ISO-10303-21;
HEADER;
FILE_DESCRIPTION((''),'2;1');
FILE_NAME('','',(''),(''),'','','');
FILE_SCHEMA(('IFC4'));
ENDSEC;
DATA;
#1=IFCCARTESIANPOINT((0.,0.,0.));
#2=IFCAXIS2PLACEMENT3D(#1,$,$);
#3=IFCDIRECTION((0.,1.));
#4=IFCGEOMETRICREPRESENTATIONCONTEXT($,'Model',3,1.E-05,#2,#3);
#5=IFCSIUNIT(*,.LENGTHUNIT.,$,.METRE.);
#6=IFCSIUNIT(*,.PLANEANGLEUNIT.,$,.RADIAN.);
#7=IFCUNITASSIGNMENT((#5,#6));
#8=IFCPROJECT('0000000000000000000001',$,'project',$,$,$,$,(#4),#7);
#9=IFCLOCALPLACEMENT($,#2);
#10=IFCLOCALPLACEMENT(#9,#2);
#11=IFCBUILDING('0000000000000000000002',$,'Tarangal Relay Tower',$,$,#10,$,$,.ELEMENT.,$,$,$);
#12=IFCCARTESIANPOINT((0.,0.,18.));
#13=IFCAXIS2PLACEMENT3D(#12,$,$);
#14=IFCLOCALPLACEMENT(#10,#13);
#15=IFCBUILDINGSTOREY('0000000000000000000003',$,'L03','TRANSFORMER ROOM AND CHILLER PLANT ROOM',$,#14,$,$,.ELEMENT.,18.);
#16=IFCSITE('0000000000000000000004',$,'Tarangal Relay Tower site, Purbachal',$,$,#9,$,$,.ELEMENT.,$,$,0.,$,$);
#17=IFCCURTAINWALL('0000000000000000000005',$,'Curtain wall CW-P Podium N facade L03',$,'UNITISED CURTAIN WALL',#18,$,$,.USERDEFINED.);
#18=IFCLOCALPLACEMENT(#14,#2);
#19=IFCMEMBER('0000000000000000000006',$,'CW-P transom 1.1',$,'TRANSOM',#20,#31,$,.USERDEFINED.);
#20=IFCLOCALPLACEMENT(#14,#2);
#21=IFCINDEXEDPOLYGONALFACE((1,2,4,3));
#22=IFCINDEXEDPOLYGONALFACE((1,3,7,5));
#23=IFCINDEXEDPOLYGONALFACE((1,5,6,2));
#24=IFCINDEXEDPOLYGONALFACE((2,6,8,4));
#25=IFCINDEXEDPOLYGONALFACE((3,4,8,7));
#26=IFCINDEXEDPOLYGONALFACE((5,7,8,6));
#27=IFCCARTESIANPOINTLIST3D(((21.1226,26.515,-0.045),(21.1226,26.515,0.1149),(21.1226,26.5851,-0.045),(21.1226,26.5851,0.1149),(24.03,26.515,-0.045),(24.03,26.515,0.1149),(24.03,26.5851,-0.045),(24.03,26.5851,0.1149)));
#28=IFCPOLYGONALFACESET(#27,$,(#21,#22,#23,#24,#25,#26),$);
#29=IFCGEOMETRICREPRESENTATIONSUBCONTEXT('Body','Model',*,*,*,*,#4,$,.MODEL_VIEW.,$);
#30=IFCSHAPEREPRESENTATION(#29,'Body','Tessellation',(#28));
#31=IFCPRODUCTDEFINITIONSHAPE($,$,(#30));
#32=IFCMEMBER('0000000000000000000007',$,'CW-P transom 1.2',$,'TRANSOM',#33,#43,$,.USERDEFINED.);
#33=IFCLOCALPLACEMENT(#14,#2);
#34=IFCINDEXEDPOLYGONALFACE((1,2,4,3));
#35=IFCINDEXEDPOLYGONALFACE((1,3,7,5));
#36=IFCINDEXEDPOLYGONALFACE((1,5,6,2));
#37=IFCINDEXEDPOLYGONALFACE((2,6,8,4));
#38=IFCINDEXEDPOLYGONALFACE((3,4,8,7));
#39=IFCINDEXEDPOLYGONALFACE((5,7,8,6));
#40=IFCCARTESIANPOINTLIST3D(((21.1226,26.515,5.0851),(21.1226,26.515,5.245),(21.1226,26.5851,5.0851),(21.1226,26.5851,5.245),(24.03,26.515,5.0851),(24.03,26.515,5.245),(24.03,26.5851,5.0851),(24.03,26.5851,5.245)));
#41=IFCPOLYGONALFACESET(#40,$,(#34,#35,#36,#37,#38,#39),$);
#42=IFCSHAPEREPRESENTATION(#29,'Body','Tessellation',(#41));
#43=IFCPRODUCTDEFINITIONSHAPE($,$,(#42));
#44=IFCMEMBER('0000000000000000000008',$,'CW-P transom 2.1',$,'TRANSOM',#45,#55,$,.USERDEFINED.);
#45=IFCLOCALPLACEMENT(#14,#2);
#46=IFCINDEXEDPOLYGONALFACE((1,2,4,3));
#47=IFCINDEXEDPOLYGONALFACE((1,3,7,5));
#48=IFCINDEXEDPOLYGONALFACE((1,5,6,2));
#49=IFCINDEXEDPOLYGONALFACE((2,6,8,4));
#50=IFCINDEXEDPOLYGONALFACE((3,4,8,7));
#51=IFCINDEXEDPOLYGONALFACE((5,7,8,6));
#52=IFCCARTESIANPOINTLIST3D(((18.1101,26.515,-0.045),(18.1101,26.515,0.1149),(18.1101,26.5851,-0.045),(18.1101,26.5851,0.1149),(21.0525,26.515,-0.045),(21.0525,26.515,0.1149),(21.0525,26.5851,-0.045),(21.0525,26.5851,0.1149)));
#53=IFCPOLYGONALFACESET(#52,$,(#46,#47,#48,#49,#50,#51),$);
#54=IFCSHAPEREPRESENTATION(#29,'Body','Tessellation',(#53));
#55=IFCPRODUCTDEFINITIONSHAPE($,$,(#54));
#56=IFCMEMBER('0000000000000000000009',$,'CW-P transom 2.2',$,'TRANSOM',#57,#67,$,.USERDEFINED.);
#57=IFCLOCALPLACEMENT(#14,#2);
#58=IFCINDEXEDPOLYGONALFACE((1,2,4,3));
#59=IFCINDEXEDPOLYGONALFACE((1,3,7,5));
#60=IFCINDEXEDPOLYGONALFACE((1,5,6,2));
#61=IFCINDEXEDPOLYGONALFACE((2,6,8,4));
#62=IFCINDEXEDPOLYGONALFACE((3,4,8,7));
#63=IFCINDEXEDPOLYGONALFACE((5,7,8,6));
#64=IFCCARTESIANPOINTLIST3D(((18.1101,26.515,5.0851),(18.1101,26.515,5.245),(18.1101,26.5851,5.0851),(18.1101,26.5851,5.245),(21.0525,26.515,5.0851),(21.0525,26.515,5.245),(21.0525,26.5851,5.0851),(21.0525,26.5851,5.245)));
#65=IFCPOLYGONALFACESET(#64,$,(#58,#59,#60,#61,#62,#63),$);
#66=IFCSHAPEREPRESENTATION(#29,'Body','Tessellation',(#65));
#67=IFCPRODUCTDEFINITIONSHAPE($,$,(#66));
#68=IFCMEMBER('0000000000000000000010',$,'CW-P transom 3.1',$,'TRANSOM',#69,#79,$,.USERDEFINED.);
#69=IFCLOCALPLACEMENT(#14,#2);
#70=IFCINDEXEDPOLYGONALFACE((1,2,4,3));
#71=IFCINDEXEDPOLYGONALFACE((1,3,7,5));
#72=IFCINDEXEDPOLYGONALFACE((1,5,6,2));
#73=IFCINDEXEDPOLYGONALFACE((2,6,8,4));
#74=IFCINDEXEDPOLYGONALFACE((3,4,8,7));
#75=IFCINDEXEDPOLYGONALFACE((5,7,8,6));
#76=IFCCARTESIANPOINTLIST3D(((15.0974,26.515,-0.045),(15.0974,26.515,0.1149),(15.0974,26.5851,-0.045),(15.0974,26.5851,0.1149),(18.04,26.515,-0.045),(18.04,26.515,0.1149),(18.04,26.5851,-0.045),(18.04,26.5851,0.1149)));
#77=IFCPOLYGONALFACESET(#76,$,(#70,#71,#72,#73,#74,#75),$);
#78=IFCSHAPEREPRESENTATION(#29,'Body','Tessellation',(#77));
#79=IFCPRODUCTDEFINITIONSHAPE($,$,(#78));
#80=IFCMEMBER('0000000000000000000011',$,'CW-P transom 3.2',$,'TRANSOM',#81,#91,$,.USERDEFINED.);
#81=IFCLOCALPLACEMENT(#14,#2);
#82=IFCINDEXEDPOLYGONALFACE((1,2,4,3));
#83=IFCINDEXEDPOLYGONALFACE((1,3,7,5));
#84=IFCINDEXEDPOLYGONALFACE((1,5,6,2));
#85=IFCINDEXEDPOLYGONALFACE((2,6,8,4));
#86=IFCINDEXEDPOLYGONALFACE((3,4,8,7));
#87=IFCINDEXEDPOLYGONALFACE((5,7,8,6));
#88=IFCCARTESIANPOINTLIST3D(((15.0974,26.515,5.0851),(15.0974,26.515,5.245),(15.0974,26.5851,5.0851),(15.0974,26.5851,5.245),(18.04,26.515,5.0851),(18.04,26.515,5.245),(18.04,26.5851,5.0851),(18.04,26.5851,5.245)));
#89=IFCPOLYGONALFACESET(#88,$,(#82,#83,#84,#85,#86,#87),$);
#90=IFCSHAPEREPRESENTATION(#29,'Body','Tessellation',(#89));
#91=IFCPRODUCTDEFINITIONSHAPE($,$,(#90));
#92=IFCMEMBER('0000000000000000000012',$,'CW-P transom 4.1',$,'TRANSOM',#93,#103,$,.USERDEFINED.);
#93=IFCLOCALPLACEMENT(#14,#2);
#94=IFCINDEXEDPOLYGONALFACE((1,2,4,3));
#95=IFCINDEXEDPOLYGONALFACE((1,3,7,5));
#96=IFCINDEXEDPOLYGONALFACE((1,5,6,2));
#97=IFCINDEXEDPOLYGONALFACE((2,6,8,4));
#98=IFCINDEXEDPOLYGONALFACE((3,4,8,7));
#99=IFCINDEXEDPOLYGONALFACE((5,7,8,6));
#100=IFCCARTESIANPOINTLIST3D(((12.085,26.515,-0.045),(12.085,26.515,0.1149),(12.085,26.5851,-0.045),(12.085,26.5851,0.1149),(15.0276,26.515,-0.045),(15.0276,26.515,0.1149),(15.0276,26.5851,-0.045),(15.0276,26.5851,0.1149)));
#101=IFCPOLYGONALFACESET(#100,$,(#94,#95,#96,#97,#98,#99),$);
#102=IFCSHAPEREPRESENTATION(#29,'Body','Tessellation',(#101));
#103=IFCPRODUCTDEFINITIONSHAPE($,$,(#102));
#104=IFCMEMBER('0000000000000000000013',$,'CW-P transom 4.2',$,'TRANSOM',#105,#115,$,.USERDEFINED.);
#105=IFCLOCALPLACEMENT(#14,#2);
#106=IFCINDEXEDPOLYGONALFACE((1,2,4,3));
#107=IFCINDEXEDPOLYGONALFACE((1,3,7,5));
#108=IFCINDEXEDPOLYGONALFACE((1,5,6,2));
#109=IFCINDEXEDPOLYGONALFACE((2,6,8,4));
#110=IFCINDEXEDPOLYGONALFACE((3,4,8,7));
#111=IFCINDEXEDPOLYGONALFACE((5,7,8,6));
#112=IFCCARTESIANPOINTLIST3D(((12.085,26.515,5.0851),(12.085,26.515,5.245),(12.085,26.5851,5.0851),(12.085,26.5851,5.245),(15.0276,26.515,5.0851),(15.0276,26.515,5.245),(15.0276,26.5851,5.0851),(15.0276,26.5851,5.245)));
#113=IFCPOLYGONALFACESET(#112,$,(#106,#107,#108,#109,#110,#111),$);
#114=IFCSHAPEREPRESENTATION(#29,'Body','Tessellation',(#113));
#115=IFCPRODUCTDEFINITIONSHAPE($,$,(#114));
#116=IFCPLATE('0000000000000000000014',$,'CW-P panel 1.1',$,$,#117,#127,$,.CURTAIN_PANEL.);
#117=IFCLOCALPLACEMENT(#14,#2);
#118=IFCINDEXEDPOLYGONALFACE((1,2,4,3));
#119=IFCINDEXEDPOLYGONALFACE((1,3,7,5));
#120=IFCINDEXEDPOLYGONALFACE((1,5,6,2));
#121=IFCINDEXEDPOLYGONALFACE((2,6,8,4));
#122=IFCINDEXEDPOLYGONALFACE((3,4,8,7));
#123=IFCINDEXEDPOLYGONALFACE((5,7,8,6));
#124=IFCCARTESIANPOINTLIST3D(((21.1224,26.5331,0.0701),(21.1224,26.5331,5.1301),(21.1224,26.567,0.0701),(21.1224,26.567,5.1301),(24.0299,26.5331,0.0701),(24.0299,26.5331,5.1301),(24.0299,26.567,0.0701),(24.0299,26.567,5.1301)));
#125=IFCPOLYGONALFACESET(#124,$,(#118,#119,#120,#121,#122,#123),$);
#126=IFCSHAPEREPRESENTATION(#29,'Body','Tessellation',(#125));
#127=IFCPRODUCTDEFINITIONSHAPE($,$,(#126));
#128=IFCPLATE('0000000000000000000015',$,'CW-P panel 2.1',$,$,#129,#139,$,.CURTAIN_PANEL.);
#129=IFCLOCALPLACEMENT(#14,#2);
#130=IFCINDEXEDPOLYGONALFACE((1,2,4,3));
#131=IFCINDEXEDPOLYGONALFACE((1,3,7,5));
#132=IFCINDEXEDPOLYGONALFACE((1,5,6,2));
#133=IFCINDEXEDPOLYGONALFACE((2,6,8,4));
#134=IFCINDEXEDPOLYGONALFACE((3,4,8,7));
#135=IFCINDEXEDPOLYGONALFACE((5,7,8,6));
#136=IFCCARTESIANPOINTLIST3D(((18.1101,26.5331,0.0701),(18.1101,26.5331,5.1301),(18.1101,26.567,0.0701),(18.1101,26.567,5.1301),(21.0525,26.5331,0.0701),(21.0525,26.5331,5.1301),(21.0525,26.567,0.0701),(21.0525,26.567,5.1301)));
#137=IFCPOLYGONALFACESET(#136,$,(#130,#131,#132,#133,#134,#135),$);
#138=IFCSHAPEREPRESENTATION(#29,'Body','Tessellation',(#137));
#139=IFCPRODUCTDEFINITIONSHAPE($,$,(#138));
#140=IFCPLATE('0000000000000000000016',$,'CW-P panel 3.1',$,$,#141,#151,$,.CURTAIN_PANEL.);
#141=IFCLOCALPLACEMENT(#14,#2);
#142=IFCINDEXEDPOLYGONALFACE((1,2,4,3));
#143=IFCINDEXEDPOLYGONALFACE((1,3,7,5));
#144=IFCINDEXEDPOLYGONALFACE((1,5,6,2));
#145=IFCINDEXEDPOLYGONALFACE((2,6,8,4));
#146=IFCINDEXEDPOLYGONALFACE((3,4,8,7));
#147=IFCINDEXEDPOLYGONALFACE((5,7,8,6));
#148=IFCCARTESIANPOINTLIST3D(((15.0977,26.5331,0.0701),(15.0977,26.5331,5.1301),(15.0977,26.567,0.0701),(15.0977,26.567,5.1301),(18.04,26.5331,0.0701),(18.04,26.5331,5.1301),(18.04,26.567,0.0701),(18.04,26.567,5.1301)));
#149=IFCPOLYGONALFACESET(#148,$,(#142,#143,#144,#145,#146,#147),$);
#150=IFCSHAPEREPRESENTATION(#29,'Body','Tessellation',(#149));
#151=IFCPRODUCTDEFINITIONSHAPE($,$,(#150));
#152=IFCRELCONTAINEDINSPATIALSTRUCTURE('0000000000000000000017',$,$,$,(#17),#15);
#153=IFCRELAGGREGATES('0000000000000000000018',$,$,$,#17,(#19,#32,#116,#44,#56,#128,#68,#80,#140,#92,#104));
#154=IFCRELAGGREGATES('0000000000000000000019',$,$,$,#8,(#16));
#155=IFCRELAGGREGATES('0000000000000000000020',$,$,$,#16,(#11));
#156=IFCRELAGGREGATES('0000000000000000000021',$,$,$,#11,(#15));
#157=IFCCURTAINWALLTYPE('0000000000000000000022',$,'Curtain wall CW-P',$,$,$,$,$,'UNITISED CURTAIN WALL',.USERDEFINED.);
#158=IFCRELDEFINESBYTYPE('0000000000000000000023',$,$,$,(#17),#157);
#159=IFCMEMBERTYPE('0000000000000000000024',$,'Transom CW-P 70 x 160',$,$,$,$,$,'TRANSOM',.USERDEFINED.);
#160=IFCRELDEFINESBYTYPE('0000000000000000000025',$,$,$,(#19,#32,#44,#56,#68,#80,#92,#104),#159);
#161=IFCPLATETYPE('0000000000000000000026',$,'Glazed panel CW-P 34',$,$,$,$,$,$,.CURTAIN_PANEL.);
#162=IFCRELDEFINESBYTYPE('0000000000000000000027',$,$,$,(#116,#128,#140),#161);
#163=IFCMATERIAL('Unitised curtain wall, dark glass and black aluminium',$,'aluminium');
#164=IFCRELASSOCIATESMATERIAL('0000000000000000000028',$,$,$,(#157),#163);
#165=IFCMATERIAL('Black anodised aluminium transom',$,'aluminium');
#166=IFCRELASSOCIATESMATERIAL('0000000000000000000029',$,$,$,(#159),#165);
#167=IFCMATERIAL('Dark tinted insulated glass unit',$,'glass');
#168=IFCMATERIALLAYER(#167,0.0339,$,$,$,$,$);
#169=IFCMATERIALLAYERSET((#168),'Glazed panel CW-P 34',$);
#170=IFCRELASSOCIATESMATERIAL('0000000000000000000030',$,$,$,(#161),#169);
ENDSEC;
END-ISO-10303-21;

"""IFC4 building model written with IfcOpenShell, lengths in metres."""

from ifc_helpers import new_model, si_unit, direction, frame, origin, origin_2d, place, context, subcontext, project, spatial, rectangle, extrude, material, layer, layer_set, material_profile, profile_set, type_object, element, aggregate, save


model = new_model("IFC4")

# Units and contexts
model_context = context("Model", 3, precision=1e-05, world=origin(), true_north=direction((0.0, 1.0)))
body_context = subcontext(model_context, "Body", "Model", "MODEL_VIEW")
ifc_project = project(units=[si_unit("LENGTHUNIT", "METRE"), si_unit("PLANEANGLEUNIT", "RADIAN")], contexts=[model_context])

# Site, building, storey
site_placement = place(None, origin())
site = spatial("IfcSite", under=ifc_project, at=site_placement, Name="Tarangal Relay Tower site, Purbachal", CompositionType="ELEMENT", RefElevation=0.0)
building_placement = place(site_placement, origin())
building = spatial("IfcBuilding", under=site, at=building_placement, Name="Tarangal Relay Tower", CompositionType="ELEMENT")
storey_placement = place(building_placement, frame((0.0, 0.0, 18.0)))
storey = spatial("IfcBuildingStorey", under=building, at=storey_placement, Name="L03", Description="TRANSFORMER ROOM AND CHILLER PLANT ROOM", CompositionType="ELEMENT", Elevation=18.0)

# Curtain wall
ifc_material_1 = material(Name="Unitised curtain wall, dark glass and black aluminium", Category="aluminium")
curtain_wall_type = type_object("IfcCurtainWallType", Name="Curtain wall CW-P", ElementType="UNITISED CURTAIN WALL", PredefinedType="USERDEFINED", material=ifc_material_1)
curtain_wall_placement = place(storey_placement, origin())
curtain_wall = element("IfcCurtainWall", 1, at=curtain_wall_placement, inside=storey, type_object=curtain_wall_type, Name="Curtain wall CW-P Podium N facade L03", ObjectType="UNITISED CURTAIN WALL", PredefinedType="USERDEFINED")

# Members
ifc_material_2 = material(Name="Black anodised aluminium transom", Category="aluminium")
ifc_material_profile_1 = material_profile(ifc_material_2, rectangle(XDim=0.0701, YDim=0.1599, at=origin_2d()), Name="CW-PT 70X160")
ifc_profile_set_1 = profile_set([ifc_material_profile_1], Name="Black anodised aluminium transom")
member_type_1 = type_object("IfcMemberType", Name="Transom CW-P 70 x 160", ElementType="TRANSOM", PredefinedType="USERDEFINED", material=ifc_profile_set_1)
member_1_placement = place(storey_placement, frame((24.03, 26.55, 0.0349), z_axis=(-1.0, 0.0, 0.0), x_axis=(0.0, -1.0, 0.0)))
member_1 = element("IfcMember", 2, at=member_1_placement, type_object=member_type_1, Name="CW-P transom 1.1", ObjectType="TRANSOM", PredefinedType="USERDEFINED", context=body_context, shape_type="SweptSolid", body=[
    extrude(rectangle(XDim=0.0701, YDim=0.1599, at=origin_2d()), origin(), (0.0, 0.0, 1.0), 2.9075),
])
member_2_placement = place(storey_placement, frame((24.03, 26.55, 5.165), z_axis=(-1.0, 0.0, 0.0), x_axis=(0.0, -1.0, 0.0)))
member_2 = element("IfcMember", 3, at=member_2_placement, type_object=member_type_1, Name="CW-P transom 1.2", ObjectType="TRANSOM", PredefinedType="USERDEFINED", context=body_context, shape_type="SweptSolid", body=[
    extrude(rectangle(XDim=0.0701, YDim=0.1599, at=origin_2d()), origin(), (0.0, 0.0, 1.0), 2.9075),
])
member_3_placement = place(storey_placement, frame((21.0525, 26.55, 0.0349), z_axis=(-1.0, 0.0, 0.0), x_axis=(0.0, -1.0, 0.0)))
member_3 = element("IfcMember", 4, at=member_3_placement, type_object=member_type_1, Name="CW-P transom 2.1", ObjectType="TRANSOM", PredefinedType="USERDEFINED", context=body_context, shape_type="SweptSolid", body=[
    extrude(rectangle(XDim=0.0701, YDim=0.1599, at=origin_2d()), origin(), (0.0, 0.0, 1.0), 2.9424),
])
member_4_placement = place(storey_placement, frame((21.0525, 26.55, 5.165), z_axis=(-1.0, 0.0, 0.0), x_axis=(0.0, -1.0, 0.0)))
member_4 = element("IfcMember", 5, at=member_4_placement, type_object=member_type_1, Name="CW-P transom 2.2", ObjectType="TRANSOM", PredefinedType="USERDEFINED", context=body_context, shape_type="SweptSolid", body=[
    extrude(rectangle(XDim=0.0701, YDim=0.1599, at=origin_2d()), origin(), (0.0, 0.0, 1.0), 2.9424),
])
member_5_placement = place(storey_placement, frame((18.04, 26.55, 0.0349), z_axis=(-1.0, 0.0, 0.0), x_axis=(0.0, -1.0, 0.0)))
member_5 = element("IfcMember", 6, at=member_5_placement, type_object=member_type_1, Name="CW-P transom 3.1", ObjectType="TRANSOM", PredefinedType="USERDEFINED", context=body_context, shape_type="SweptSolid", body=[
    extrude(rectangle(XDim=0.0701, YDim=0.1599, at=origin_2d()), origin(), (0.0, 0.0, 1.0), 2.9426),
])
member_6_placement = place(storey_placement, frame((18.04, 26.55, 5.165), z_axis=(-1.0, 0.0, 0.0), x_axis=(0.0, -1.0, 0.0)))
member_6 = element("IfcMember", 7, at=member_6_placement, type_object=member_type_1, Name="CW-P transom 3.2", ObjectType="TRANSOM", PredefinedType="USERDEFINED", context=body_context, shape_type="SweptSolid", body=[
    extrude(rectangle(XDim=0.0701, YDim=0.1599, at=origin_2d()), origin(), (0.0, 0.0, 1.0), 2.9426),
])
member_7_placement = place(storey_placement, frame((15.0276, 26.55, 0.0349), z_axis=(-1.0, 0.0, 0.0), x_axis=(0.0, -1.0, 0.0)))
member_7 = element("IfcMember", 8, at=member_7_placement, type_object=member_type_1, Name="CW-P transom 4.1", ObjectType="TRANSOM", PredefinedType="USERDEFINED", context=body_context, shape_type="SweptSolid", body=[
    extrude(rectangle(XDim=0.0701, YDim=0.1599, at=origin_2d()), origin(), (0.0, 0.0, 1.0), 2.9426),
])
member_8_placement = place(storey_placement, frame((15.0276, 26.55, 5.165), z_axis=(-1.0, 0.0, 0.0), x_axis=(0.0, -1.0, 0.0)))
member_8 = element("IfcMember", 9, at=member_8_placement, type_object=member_type_1, Name="CW-P transom 4.2", ObjectType="TRANSOM", PredefinedType="USERDEFINED", context=body_context, shape_type="SweptSolid", body=[
    extrude(rectangle(XDim=0.0701, YDim=0.1599, at=origin_2d()), origin(), (0.0, 0.0, 1.0), 2.9426),
])

# Plates
ifc_material_3 = material(Name="Dark tinted insulated glass unit", Category="glass")
ifc_layer = layer(ifc_material_3, 0.0339)
ifc_layer_set = layer_set([ifc_layer], Name="Glazed panel CW-P 34")
plate_type = type_object("IfcPlateType", Name="Glazed panel CW-P 34", PredefinedType="CURTAIN_PANEL", material=ifc_layer_set)
plate_1_placement = place(storey_placement, frame((22.5762, 26.55, 0.0701), z_axis=(0.0, 0.0, 1.0), x_axis=(-1.0, 0.0, 0.0)))
plate_1 = element("IfcPlate", 10, at=plate_1_placement, type_object=plate_type, Name="CW-P panel 1.1", PredefinedType="CURTAIN_PANEL", context=body_context, shape_type="SweptSolid", body=[
    extrude(rectangle(XDim=2.9075, YDim=0.0339, at=origin_2d()), origin(), (0.0, 0.0, 1.0), 5.0601),
])
plate_2_placement = place(storey_placement, frame((19.5813, 26.55, 0.0701), z_axis=(0.0, 0.0, 1.0), x_axis=(-1.0, 0.0, 0.0)))
plate_2 = element("IfcPlate", 11, at=plate_2_placement, type_object=plate_type, Name="CW-P panel 2.1", PredefinedType="CURTAIN_PANEL", context=body_context, shape_type="SweptSolid", body=[
    extrude(rectangle(XDim=2.9424, YDim=0.0339, at=origin_2d()), origin(), (0.0, 0.0, 1.0), 5.0601),
])
plate_3_placement = place(storey_placement, frame((16.5688, 26.55, 0.0701), z_axis=(0.0, 0.0, 1.0), x_axis=(-1.0, 0.0, 0.0)))
plate_3 = element("IfcPlate", 12, at=plate_3_placement, type_object=plate_type, Name="CW-P panel 3.1", PredefinedType="CURTAIN_PANEL", context=body_context, shape_type="SweptSolid", body=[
    extrude(rectangle(XDim=2.9424, YDim=0.0339, at=origin_2d()), origin(), (0.0, 0.0, 1.0), 5.0601),
])
aggregate(curtain_wall, [member_1, member_2, plate_1, member_3, member_4, plate_2, member_5, member_6, plate_3, member_7, member_8])

save(model, "model.ifc")
